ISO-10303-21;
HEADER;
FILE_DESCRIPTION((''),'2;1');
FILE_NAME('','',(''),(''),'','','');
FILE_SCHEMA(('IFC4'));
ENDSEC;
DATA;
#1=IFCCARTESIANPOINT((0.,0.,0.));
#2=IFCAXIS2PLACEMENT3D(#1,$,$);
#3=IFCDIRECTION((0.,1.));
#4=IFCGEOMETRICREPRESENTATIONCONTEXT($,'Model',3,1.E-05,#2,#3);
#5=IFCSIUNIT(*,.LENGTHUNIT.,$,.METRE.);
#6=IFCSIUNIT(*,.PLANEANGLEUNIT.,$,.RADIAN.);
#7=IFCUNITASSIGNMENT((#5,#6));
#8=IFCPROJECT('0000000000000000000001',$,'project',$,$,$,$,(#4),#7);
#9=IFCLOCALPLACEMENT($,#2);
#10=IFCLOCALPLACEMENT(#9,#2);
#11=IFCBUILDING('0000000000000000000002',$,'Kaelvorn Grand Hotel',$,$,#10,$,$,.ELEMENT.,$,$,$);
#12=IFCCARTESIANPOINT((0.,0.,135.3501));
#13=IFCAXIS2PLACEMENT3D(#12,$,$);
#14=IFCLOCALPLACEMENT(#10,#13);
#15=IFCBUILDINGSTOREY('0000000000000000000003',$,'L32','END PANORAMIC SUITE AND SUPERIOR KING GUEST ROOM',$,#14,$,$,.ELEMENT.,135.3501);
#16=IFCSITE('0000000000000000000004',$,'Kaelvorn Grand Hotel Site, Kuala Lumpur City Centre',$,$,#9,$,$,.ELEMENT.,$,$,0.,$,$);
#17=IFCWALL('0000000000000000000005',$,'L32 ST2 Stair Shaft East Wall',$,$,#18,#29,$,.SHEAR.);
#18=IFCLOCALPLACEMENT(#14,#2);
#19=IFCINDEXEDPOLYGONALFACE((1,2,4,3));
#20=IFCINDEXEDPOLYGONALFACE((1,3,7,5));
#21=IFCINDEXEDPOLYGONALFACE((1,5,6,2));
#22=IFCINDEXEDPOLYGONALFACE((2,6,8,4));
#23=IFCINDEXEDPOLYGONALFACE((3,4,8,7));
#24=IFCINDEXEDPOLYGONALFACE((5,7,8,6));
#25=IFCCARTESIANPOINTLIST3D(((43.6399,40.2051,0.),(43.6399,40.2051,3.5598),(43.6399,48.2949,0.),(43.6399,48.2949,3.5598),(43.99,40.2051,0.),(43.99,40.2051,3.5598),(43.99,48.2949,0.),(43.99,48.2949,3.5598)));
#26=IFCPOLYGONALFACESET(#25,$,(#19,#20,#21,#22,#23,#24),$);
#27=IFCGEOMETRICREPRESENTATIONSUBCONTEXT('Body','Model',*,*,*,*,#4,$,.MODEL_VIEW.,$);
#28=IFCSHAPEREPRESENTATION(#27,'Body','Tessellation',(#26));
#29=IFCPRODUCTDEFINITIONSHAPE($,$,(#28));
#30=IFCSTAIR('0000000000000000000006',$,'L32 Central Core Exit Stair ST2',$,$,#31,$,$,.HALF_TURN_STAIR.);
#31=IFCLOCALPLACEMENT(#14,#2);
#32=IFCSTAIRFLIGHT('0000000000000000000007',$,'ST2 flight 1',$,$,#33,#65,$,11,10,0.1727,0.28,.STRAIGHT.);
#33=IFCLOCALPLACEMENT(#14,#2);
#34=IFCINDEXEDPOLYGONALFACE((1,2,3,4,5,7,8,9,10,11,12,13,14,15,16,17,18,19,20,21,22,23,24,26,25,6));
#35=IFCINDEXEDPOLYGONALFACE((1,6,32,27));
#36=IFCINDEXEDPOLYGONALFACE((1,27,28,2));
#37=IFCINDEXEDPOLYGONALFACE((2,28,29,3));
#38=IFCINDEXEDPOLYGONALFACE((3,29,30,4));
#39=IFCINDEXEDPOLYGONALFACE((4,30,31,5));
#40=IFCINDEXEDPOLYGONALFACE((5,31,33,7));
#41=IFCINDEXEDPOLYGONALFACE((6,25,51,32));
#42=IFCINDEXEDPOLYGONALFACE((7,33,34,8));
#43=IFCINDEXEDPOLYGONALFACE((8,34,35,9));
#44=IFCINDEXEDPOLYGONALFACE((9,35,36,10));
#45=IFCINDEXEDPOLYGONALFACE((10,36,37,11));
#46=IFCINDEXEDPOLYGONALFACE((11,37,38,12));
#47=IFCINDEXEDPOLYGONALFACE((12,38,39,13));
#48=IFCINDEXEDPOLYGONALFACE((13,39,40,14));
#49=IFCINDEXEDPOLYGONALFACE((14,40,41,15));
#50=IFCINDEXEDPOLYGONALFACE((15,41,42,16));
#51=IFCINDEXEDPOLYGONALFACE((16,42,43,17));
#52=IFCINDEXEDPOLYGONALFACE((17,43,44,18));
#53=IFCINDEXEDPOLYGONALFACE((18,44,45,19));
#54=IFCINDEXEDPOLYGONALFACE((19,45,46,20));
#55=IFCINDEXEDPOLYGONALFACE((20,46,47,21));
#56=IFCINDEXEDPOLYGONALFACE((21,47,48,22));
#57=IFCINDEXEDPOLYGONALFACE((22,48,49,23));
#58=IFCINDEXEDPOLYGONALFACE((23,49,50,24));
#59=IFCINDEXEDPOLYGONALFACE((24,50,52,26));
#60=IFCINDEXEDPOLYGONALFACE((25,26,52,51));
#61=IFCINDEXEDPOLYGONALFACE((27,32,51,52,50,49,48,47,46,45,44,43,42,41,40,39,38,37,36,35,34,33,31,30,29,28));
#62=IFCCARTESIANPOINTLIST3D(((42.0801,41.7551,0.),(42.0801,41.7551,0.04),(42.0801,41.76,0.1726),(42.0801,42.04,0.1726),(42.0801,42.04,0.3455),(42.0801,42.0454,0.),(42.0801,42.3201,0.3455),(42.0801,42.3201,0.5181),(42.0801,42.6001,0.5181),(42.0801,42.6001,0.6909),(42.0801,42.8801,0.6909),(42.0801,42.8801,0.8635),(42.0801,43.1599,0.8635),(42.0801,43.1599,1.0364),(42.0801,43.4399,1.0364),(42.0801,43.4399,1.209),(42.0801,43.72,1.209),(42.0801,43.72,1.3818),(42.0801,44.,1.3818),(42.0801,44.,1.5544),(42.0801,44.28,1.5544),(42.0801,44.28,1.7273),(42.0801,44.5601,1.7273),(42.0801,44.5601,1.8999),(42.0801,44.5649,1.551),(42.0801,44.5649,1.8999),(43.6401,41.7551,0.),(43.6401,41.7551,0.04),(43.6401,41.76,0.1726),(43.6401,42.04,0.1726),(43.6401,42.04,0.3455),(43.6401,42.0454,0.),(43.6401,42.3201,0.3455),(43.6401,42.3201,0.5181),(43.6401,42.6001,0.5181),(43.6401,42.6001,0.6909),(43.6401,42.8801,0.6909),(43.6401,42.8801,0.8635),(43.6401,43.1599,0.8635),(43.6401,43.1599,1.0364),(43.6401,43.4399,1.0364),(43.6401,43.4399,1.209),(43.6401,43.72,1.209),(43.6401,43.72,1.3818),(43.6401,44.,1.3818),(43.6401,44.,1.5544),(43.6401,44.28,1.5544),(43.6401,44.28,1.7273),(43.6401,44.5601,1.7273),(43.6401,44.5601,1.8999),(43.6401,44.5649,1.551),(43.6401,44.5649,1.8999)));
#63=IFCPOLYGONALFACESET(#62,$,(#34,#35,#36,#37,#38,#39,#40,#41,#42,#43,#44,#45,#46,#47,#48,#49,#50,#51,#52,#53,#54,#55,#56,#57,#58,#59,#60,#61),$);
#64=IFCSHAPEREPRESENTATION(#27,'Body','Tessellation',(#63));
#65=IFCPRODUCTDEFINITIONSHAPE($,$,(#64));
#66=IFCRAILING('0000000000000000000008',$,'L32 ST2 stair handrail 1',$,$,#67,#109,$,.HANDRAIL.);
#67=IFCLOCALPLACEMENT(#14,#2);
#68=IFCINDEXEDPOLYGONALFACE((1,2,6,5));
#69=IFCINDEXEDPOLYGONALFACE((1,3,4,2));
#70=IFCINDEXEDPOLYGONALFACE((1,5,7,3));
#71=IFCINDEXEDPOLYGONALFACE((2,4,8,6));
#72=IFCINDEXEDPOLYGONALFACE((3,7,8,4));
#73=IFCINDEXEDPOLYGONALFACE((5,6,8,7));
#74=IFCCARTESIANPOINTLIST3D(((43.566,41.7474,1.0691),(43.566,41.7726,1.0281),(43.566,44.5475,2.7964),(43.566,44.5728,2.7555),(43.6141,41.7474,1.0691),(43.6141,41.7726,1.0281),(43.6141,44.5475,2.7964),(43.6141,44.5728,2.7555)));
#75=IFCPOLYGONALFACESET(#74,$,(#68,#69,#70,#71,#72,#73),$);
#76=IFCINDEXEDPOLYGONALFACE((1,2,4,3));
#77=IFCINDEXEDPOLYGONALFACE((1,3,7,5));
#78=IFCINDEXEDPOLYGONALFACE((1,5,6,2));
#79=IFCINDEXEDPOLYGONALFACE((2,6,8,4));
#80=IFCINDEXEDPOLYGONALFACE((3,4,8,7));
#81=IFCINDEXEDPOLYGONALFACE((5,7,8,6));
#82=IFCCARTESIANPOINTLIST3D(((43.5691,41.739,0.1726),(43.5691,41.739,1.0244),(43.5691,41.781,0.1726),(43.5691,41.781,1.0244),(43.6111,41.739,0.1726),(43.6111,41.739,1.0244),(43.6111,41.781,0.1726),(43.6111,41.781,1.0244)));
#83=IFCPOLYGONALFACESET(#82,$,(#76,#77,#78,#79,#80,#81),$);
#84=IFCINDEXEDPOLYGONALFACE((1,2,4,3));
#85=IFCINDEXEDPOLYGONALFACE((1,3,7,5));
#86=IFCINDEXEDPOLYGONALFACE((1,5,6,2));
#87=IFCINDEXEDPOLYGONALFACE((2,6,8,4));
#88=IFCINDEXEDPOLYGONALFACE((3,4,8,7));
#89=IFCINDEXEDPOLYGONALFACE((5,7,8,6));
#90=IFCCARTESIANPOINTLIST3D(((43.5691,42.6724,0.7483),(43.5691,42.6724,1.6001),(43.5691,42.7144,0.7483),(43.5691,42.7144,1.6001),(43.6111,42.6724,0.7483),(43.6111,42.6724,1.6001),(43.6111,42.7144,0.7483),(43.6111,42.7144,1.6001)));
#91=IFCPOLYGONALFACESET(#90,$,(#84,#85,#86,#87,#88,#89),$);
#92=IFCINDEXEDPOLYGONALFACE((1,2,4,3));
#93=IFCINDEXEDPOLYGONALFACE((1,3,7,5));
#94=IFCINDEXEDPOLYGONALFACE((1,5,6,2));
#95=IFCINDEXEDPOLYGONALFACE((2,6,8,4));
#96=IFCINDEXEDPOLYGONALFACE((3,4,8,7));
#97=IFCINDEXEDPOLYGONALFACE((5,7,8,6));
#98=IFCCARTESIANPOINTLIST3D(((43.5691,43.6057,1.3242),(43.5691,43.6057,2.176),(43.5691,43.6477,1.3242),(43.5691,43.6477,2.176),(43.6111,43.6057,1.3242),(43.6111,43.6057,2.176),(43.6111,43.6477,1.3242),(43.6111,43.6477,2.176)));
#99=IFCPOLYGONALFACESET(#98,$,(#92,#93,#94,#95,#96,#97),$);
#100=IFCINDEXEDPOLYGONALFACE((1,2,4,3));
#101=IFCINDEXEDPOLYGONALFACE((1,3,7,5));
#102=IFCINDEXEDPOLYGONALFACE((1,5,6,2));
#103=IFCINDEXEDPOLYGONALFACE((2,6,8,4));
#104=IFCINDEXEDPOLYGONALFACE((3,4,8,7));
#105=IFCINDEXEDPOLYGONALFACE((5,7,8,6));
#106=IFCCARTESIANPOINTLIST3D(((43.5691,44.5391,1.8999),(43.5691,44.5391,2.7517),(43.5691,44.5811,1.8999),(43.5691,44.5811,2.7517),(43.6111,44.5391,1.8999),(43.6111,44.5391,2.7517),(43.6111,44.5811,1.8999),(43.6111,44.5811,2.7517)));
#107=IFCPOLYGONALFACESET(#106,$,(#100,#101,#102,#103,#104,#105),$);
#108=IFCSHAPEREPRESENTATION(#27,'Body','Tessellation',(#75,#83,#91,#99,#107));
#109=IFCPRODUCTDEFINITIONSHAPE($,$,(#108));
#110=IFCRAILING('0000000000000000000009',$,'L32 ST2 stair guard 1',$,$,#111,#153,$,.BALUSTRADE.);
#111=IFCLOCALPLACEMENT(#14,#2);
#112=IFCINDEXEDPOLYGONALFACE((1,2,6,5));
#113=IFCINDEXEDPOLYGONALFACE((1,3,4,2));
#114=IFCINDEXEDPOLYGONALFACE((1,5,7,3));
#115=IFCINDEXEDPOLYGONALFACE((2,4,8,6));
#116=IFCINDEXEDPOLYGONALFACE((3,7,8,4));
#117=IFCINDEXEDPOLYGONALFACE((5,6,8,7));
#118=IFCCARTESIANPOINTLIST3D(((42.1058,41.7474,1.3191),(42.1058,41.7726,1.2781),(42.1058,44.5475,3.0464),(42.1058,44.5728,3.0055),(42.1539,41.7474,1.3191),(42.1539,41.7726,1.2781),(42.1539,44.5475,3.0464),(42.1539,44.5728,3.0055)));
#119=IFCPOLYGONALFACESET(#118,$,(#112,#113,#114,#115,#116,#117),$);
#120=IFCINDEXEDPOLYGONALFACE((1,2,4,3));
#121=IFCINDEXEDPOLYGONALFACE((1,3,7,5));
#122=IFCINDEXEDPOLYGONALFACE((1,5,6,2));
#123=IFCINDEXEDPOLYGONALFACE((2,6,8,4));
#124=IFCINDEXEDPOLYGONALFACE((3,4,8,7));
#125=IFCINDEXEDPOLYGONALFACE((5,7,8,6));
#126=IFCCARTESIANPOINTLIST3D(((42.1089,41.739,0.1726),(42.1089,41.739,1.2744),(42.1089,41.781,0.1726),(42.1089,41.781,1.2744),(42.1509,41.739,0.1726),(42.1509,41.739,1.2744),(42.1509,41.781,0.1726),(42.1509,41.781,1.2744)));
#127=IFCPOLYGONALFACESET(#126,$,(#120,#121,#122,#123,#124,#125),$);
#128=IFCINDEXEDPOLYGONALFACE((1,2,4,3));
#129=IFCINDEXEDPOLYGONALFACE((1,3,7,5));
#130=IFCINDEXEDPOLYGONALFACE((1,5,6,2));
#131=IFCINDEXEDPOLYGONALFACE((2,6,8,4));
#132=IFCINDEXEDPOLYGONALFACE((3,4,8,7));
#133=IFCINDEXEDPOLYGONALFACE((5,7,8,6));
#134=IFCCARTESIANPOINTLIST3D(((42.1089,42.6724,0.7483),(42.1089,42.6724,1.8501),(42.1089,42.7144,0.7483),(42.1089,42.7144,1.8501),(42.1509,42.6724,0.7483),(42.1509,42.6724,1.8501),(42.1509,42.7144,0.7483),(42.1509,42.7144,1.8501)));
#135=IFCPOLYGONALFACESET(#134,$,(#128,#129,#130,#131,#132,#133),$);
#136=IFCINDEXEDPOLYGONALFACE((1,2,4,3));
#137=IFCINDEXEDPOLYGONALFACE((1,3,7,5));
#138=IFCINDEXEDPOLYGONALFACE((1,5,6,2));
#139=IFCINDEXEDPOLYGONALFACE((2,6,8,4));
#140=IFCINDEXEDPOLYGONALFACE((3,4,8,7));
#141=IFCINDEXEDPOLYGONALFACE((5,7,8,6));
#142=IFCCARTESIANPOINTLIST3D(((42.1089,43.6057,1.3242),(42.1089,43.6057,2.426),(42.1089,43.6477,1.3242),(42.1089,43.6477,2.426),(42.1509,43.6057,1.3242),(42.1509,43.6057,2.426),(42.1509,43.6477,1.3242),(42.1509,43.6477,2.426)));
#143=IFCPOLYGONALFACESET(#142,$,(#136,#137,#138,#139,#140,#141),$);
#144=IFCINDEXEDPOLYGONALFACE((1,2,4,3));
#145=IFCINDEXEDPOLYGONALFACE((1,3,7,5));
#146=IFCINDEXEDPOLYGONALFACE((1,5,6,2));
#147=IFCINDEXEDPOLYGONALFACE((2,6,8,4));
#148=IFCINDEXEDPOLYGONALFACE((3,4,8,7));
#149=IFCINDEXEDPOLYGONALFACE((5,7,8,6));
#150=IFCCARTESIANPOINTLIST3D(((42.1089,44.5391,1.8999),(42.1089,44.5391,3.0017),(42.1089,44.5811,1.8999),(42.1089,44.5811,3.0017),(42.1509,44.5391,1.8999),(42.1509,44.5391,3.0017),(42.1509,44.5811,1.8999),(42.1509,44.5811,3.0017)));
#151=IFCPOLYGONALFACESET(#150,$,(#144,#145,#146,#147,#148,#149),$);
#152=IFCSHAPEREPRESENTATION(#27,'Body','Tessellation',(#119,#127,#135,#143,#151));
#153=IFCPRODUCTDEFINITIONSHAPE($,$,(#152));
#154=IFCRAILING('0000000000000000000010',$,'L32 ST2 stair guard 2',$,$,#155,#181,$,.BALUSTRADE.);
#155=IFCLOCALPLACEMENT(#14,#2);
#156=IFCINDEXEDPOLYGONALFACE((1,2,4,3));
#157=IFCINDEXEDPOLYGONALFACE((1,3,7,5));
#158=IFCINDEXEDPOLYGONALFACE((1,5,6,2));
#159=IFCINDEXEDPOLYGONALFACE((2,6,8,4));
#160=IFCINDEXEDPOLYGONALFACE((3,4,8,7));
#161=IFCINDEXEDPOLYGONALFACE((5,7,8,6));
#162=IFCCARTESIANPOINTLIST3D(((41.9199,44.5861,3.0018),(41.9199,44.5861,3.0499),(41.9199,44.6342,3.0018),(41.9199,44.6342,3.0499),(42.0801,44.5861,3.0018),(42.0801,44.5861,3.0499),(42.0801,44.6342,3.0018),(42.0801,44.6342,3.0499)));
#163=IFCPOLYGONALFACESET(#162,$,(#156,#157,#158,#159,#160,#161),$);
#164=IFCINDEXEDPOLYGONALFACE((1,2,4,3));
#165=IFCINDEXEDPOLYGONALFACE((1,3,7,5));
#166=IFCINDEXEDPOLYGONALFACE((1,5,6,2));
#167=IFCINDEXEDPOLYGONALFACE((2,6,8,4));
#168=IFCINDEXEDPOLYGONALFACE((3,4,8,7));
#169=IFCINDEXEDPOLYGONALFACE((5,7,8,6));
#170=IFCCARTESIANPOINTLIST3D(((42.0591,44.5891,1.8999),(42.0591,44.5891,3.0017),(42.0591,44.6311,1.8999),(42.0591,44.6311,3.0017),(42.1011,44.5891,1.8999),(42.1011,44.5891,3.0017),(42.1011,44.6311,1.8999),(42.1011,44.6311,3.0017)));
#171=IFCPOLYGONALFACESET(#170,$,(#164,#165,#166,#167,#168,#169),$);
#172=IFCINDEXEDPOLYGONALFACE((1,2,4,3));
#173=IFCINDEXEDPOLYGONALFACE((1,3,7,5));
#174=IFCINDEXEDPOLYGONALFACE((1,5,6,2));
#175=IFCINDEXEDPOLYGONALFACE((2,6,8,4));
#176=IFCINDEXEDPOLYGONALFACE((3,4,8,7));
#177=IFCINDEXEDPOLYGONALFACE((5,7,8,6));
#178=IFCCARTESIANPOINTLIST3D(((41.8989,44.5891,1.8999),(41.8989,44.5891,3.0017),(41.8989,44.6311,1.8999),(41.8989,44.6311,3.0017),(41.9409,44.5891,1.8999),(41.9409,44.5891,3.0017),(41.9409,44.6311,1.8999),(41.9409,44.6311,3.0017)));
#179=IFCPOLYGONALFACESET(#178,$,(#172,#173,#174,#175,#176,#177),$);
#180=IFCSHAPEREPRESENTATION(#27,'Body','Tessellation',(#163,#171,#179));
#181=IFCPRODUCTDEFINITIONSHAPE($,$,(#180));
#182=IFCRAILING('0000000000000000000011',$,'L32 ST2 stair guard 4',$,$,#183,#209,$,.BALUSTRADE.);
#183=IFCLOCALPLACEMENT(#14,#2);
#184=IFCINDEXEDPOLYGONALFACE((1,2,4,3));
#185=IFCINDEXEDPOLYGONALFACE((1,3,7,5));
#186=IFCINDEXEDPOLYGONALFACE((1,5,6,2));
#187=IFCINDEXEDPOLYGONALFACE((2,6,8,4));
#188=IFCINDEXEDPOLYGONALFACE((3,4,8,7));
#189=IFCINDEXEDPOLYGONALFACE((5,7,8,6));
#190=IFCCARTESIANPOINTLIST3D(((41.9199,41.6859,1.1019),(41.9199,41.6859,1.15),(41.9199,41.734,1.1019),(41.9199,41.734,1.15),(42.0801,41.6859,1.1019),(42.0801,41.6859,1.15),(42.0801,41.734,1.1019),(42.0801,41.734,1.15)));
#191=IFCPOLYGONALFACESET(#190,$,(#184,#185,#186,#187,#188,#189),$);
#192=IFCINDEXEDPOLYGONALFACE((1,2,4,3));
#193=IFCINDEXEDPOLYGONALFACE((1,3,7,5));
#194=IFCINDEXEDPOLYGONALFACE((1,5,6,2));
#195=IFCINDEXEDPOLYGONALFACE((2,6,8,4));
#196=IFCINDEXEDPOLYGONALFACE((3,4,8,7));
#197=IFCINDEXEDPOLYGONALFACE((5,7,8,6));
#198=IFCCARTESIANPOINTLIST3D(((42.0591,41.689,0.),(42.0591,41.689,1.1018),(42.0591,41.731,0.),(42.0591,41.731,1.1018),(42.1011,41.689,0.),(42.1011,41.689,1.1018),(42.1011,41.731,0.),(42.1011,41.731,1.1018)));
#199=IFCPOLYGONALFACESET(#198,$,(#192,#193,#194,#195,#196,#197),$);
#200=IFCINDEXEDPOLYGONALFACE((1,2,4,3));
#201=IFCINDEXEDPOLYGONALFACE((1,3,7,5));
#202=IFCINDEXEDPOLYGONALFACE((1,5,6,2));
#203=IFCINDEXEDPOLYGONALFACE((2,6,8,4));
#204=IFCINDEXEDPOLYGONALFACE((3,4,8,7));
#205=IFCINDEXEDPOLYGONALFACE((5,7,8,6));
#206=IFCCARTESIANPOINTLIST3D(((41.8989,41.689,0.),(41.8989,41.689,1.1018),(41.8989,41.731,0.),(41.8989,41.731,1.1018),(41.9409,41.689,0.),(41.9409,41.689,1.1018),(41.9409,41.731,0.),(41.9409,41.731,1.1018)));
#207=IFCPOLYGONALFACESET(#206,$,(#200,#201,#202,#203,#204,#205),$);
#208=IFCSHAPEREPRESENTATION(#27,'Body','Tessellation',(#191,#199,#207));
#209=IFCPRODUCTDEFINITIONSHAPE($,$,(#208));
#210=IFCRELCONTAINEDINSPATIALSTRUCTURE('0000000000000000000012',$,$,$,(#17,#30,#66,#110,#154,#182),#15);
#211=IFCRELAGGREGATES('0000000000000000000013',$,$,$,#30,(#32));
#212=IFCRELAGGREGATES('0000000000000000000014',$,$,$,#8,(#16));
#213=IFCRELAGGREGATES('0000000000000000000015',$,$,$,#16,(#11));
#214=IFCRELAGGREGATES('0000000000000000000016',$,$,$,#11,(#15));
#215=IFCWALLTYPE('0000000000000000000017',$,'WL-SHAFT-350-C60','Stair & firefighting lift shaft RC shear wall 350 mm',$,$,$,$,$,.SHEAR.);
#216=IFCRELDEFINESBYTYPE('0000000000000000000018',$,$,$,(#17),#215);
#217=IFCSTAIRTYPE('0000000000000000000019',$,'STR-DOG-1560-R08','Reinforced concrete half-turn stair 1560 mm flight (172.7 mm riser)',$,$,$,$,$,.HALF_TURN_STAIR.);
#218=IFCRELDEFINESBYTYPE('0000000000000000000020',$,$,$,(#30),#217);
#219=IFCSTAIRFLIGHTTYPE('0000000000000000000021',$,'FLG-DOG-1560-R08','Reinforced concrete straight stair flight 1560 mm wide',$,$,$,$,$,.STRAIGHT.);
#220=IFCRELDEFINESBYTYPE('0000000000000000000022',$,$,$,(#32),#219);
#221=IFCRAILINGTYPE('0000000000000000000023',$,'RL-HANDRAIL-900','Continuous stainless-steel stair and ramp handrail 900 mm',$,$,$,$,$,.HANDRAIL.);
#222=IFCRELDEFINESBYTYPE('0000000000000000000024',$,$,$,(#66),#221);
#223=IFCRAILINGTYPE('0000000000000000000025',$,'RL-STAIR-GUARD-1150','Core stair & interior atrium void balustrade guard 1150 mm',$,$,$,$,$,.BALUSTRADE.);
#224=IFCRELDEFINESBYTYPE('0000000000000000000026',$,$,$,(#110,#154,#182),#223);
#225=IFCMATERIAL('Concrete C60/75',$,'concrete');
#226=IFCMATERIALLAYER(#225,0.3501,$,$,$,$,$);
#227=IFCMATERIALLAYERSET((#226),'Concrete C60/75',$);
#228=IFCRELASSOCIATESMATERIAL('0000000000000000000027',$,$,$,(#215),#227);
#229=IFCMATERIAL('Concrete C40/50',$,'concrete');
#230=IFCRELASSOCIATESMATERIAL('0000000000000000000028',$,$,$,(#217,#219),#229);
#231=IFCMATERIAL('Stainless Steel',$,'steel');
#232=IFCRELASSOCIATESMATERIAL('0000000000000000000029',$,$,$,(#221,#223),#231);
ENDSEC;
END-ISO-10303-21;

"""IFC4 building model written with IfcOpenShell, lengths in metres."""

from ifc_helpers import new_model, si_unit, direction, frame, frame_2d, origin, origin_2d, place, context, subcontext, project, spatial, polyline, rectangle, outline, extrude, material, layer, layer_set, type_object, element, aggregate, save


model = new_model("IFC4")

# Units and contexts
model_context = context("Model", 3, precision=1e-05, world=origin(), true_north=direction((0.0, 1.0)))
body_context = subcontext(model_context, "Body", "Model", "MODEL_VIEW")
ifc_project = project(units=[si_unit("LENGTHUNIT", "METRE"), si_unit("PLANEANGLEUNIT", "RADIAN")], contexts=[model_context])

# Site, building, storey
site_placement = place(None, origin())
site = spatial("IfcSite", under=ifc_project, at=site_placement, Name="Kaelvorn Grand Hotel Site, Kuala Lumpur City Centre", CompositionType="ELEMENT", RefElevation=0.0)
building_placement = place(site_placement, origin())
building = spatial("IfcBuilding", under=site, at=building_placement, Name="Kaelvorn Grand Hotel", CompositionType="ELEMENT")
storey_placement = place(building_placement, frame((0.0, 0.0, 135.3501)))
storey = spatial("IfcBuildingStorey", under=building, at=storey_placement, Name="L32", Description="END PANORAMIC SUITE AND SUPERIOR KING GUEST ROOM", CompositionType="ELEMENT", Elevation=135.3501)

# Shared definitions
ifc_material_1 = material(Name="Concrete C60/75", Category="concrete")

# Shared definitions
ifc_material_2 = material(Name="Concrete C40/50", Category="concrete")

# Shared definitions
ifc_material_3 = material(Name="Stainless Steel", Category="steel")

# Wall
ifc_layer_1 = layer(ifc_material_1, 0.3501)
ifc_layer_set_1 = layer_set([ifc_layer_1], Name="Concrete C60/75")
wall_type_1 = type_object("IfcWallType", Name="WL-SHAFT-350-C60", Description="Stair & firefighting lift shaft RC shear wall 350 mm", PredefinedType="SHEAR", material=ifc_layer_set_1)
wall_1_placement = place(storey_placement, frame((43.8149, 40.2051, 0.0), z_axis=(0.0, 0.0, 1.0), x_axis=(0.0, 1.0, 0.0)))
element("IfcWall", 1, at=wall_1_placement, inside=storey, type_object=wall_type_1, Name="L32 ST2 Stair Shaft East Wall", PredefinedType="SHEAR", context=body_context, shape_type="SweptSolid", body=[
    extrude(rectangle(XDim=8.0898, YDim=0.3501, at=frame_2d((4.0449, 0.0))), origin(), (0.0, 0.0, 1.0), 3.5598),
])

# Stair, stair flight
stair_type = type_object("IfcStairType", Name="STR-DOG-1560-R08", Description="Reinforced concrete half-turn stair 1560 mm flight (172.7 mm riser)", PredefinedType="HALF_TURN_STAIR", material=ifc_material_2)
stair_placement = place(storey_placement, origin())
stair = element("IfcStair", 2, at=stair_placement, inside=storey, type_object=stair_type, Name="L32 Central Core Exit Stair ST2", PredefinedType="HALF_TURN_STAIR")
stair_flight_type = type_object("IfcStairFlightType", Name="FLG-DOG-1560-R08", Description="Reinforced concrete straight stair flight 1560 mm wide", PredefinedType="STRAIGHT", material=ifc_material_2)
stair_flight_placement = place(storey_placement, frame((42.8601, 41.76, 0.0), z_axis=(0.0, 0.0, 1.0), x_axis=(0.0, 1.0, 0.0)))
stair_flight = element("IfcStairFlight", 3, at=stair_flight_placement, type_object=stair_flight_type, Name="ST2 flight 1", NumberOfRisers=11, NumberOfTreads=10, PredefinedType="STRAIGHT", RiserHeight=0.1727, TreadLength=0.28, context=body_context, shape_type="SweptSolid", body=[
    extrude(outline(polyline([(-0.0049, 0.0), (-0.0049, 0.04), (0.0, 0.1726), (0.28, 0.1726), (0.28, 0.3455), (0.5601, 0.3455), (0.5601, 0.5181), (0.8401, 0.5181), (0.8401, 0.6909), (1.1201, 0.6909), (1.1201, 0.8635), (1.3999, 0.8635), (1.3999, 1.0364), (1.6799, 1.0364), (1.6799, 1.209), (1.96, 1.209), (1.96, 1.3818), (2.24, 1.3818), (2.24, 1.5544), (2.52, 1.5544), (2.52, 1.7273), (2.8, 1.7273), (2.8, 1.8999), (2.8049, 1.8999), (2.8049, 1.551), (0.2854, 0.0), (-0.0049, 0.0)])), frame((0.0, 0.78, 0.0), z_axis=(0.0, -1.0, 0.0), x_axis=(1.0, 0.0, 0.0)), (0.0, 0.0, 1.0), 1.5601),
])
aggregate(stair, [stair_flight])

# Railings
railing_type_1 = type_object("IfcRailingType", Name="RL-HANDRAIL-900", Description="Continuous stainless-steel stair and ramp handrail 900 mm", PredefinedType="HANDRAIL", material=ifc_material_3)
railing_1_placement = place(storey_placement, frame((43.5901, 41.76, 0.1726)))
element("IfcRailing", 4, at=railing_1_placement, inside=storey, type_object=railing_type_1, Name="L32 ST2 stair handrail 1", PredefinedType="HANDRAIL", context=body_context, shape_type="SweptSolid", body=[
    extrude(rectangle(XDim=0.0481, YDim=0.0481, at=origin_2d()), frame((0.0, 0.0, 0.876), z_axis=(0.0, 0.85109, 0.52502), x_axis=(-1.0, 0.0, 0.0)), (0.0, 0.0, 1.0), 3.29),
    extrude(rectangle(XDim=0.042, YDim=0.042, at=origin_2d()), origin(), (0.0, 0.0, 1.0), 0.8518),
    extrude(rectangle(XDim=0.042, YDim=0.042, at=origin_2d()), frame((0.0, 0.9333, 0.5757)), (0.0, 0.0, 1.0), 0.8518),
    extrude(rectangle(XDim=0.042, YDim=0.042, at=origin_2d()), frame((0.0, 1.8667, 1.1516)), (0.0, 0.0, 1.0), 0.8518),
    extrude(rectangle(XDim=0.042, YDim=0.042, at=origin_2d()), frame((0.0, 2.8, 1.7273)), (0.0, 0.0, 1.0), 0.8518),
])
railing_type_2 = type_object("IfcRailingType", Name="RL-STAIR-GUARD-1150", Description="Core stair & interior atrium void balustrade guard 1150 mm", PredefinedType="BALUSTRADE", material=ifc_material_3)
railing_2_placement = place(storey_placement, frame((42.1299, 41.76, 0.1726)))
element("IfcRailing", 5, at=railing_2_placement, inside=storey, type_object=railing_type_2, Name="L32 ST2 stair guard 1", PredefinedType="BALUSTRADE", context=body_context, shape_type="SweptSolid", body=[
    extrude(rectangle(XDim=0.0481, YDim=0.0481, at=origin_2d()), frame((0.0, 0.0, 1.126), z_axis=(0.0, 0.85109, 0.52502), x_axis=(-1.0, 0.0, 0.0)), (0.0, 0.0, 1.0), 3.29),
    extrude(rectangle(XDim=0.042, YDim=0.042, at=origin_2d()), origin(), (0.0, 0.0, 1.0), 1.1018),
    extrude(rectangle(XDim=0.042, YDim=0.042, at=origin_2d()), frame((0.0, 0.9333, 0.5757)), (0.0, 0.0, 1.0), 1.1018),
    extrude(rectangle(XDim=0.042, YDim=0.042, at=origin_2d()), frame((0.0, 1.8667, 1.1516)), (0.0, 0.0, 1.0), 1.1018),
    extrude(rectangle(XDim=0.042, YDim=0.042, at=origin_2d()), frame((0.0, 2.8, 1.7273)), (0.0, 0.0, 1.0), 1.1018),
])
for number, where, name in (
    (6, (42.0801, 44.6101, 1.8999), "L32 ST2 stair guard 2"),
    (7, (42.0801, 41.71, 0.0), "L32 ST2 stair guard 4"),
):
    element("IfcRailing", number, at=place(storey_placement, frame(where)), inside=storey, type_object=railing_type_2, Name=name, PredefinedType="BALUSTRADE", context=body_context, shape_type="SweptSolid", body=[
        extrude(rectangle(XDim=0.0481, YDim=0.0481, at=origin_2d()), frame((0.0, 0.0, 1.126), z_axis=(-1.0, 0.0, 0.0), x_axis=(0.0, -1.0, 0.0)), (0.0, 0.0, 1.0), 0.1602),
        extrude(rectangle(XDim=0.042, YDim=0.042, at=origin_2d()), origin(), (0.0, 0.0, 1.0), 1.1018),
        extrude(rectangle(XDim=0.042, YDim=0.042, at=origin_2d()), frame((-0.1602, 0.0, 0.0)), (0.0, 0.0, 1.0), 1.1018),
    ])

save(model, "model.ifc")
